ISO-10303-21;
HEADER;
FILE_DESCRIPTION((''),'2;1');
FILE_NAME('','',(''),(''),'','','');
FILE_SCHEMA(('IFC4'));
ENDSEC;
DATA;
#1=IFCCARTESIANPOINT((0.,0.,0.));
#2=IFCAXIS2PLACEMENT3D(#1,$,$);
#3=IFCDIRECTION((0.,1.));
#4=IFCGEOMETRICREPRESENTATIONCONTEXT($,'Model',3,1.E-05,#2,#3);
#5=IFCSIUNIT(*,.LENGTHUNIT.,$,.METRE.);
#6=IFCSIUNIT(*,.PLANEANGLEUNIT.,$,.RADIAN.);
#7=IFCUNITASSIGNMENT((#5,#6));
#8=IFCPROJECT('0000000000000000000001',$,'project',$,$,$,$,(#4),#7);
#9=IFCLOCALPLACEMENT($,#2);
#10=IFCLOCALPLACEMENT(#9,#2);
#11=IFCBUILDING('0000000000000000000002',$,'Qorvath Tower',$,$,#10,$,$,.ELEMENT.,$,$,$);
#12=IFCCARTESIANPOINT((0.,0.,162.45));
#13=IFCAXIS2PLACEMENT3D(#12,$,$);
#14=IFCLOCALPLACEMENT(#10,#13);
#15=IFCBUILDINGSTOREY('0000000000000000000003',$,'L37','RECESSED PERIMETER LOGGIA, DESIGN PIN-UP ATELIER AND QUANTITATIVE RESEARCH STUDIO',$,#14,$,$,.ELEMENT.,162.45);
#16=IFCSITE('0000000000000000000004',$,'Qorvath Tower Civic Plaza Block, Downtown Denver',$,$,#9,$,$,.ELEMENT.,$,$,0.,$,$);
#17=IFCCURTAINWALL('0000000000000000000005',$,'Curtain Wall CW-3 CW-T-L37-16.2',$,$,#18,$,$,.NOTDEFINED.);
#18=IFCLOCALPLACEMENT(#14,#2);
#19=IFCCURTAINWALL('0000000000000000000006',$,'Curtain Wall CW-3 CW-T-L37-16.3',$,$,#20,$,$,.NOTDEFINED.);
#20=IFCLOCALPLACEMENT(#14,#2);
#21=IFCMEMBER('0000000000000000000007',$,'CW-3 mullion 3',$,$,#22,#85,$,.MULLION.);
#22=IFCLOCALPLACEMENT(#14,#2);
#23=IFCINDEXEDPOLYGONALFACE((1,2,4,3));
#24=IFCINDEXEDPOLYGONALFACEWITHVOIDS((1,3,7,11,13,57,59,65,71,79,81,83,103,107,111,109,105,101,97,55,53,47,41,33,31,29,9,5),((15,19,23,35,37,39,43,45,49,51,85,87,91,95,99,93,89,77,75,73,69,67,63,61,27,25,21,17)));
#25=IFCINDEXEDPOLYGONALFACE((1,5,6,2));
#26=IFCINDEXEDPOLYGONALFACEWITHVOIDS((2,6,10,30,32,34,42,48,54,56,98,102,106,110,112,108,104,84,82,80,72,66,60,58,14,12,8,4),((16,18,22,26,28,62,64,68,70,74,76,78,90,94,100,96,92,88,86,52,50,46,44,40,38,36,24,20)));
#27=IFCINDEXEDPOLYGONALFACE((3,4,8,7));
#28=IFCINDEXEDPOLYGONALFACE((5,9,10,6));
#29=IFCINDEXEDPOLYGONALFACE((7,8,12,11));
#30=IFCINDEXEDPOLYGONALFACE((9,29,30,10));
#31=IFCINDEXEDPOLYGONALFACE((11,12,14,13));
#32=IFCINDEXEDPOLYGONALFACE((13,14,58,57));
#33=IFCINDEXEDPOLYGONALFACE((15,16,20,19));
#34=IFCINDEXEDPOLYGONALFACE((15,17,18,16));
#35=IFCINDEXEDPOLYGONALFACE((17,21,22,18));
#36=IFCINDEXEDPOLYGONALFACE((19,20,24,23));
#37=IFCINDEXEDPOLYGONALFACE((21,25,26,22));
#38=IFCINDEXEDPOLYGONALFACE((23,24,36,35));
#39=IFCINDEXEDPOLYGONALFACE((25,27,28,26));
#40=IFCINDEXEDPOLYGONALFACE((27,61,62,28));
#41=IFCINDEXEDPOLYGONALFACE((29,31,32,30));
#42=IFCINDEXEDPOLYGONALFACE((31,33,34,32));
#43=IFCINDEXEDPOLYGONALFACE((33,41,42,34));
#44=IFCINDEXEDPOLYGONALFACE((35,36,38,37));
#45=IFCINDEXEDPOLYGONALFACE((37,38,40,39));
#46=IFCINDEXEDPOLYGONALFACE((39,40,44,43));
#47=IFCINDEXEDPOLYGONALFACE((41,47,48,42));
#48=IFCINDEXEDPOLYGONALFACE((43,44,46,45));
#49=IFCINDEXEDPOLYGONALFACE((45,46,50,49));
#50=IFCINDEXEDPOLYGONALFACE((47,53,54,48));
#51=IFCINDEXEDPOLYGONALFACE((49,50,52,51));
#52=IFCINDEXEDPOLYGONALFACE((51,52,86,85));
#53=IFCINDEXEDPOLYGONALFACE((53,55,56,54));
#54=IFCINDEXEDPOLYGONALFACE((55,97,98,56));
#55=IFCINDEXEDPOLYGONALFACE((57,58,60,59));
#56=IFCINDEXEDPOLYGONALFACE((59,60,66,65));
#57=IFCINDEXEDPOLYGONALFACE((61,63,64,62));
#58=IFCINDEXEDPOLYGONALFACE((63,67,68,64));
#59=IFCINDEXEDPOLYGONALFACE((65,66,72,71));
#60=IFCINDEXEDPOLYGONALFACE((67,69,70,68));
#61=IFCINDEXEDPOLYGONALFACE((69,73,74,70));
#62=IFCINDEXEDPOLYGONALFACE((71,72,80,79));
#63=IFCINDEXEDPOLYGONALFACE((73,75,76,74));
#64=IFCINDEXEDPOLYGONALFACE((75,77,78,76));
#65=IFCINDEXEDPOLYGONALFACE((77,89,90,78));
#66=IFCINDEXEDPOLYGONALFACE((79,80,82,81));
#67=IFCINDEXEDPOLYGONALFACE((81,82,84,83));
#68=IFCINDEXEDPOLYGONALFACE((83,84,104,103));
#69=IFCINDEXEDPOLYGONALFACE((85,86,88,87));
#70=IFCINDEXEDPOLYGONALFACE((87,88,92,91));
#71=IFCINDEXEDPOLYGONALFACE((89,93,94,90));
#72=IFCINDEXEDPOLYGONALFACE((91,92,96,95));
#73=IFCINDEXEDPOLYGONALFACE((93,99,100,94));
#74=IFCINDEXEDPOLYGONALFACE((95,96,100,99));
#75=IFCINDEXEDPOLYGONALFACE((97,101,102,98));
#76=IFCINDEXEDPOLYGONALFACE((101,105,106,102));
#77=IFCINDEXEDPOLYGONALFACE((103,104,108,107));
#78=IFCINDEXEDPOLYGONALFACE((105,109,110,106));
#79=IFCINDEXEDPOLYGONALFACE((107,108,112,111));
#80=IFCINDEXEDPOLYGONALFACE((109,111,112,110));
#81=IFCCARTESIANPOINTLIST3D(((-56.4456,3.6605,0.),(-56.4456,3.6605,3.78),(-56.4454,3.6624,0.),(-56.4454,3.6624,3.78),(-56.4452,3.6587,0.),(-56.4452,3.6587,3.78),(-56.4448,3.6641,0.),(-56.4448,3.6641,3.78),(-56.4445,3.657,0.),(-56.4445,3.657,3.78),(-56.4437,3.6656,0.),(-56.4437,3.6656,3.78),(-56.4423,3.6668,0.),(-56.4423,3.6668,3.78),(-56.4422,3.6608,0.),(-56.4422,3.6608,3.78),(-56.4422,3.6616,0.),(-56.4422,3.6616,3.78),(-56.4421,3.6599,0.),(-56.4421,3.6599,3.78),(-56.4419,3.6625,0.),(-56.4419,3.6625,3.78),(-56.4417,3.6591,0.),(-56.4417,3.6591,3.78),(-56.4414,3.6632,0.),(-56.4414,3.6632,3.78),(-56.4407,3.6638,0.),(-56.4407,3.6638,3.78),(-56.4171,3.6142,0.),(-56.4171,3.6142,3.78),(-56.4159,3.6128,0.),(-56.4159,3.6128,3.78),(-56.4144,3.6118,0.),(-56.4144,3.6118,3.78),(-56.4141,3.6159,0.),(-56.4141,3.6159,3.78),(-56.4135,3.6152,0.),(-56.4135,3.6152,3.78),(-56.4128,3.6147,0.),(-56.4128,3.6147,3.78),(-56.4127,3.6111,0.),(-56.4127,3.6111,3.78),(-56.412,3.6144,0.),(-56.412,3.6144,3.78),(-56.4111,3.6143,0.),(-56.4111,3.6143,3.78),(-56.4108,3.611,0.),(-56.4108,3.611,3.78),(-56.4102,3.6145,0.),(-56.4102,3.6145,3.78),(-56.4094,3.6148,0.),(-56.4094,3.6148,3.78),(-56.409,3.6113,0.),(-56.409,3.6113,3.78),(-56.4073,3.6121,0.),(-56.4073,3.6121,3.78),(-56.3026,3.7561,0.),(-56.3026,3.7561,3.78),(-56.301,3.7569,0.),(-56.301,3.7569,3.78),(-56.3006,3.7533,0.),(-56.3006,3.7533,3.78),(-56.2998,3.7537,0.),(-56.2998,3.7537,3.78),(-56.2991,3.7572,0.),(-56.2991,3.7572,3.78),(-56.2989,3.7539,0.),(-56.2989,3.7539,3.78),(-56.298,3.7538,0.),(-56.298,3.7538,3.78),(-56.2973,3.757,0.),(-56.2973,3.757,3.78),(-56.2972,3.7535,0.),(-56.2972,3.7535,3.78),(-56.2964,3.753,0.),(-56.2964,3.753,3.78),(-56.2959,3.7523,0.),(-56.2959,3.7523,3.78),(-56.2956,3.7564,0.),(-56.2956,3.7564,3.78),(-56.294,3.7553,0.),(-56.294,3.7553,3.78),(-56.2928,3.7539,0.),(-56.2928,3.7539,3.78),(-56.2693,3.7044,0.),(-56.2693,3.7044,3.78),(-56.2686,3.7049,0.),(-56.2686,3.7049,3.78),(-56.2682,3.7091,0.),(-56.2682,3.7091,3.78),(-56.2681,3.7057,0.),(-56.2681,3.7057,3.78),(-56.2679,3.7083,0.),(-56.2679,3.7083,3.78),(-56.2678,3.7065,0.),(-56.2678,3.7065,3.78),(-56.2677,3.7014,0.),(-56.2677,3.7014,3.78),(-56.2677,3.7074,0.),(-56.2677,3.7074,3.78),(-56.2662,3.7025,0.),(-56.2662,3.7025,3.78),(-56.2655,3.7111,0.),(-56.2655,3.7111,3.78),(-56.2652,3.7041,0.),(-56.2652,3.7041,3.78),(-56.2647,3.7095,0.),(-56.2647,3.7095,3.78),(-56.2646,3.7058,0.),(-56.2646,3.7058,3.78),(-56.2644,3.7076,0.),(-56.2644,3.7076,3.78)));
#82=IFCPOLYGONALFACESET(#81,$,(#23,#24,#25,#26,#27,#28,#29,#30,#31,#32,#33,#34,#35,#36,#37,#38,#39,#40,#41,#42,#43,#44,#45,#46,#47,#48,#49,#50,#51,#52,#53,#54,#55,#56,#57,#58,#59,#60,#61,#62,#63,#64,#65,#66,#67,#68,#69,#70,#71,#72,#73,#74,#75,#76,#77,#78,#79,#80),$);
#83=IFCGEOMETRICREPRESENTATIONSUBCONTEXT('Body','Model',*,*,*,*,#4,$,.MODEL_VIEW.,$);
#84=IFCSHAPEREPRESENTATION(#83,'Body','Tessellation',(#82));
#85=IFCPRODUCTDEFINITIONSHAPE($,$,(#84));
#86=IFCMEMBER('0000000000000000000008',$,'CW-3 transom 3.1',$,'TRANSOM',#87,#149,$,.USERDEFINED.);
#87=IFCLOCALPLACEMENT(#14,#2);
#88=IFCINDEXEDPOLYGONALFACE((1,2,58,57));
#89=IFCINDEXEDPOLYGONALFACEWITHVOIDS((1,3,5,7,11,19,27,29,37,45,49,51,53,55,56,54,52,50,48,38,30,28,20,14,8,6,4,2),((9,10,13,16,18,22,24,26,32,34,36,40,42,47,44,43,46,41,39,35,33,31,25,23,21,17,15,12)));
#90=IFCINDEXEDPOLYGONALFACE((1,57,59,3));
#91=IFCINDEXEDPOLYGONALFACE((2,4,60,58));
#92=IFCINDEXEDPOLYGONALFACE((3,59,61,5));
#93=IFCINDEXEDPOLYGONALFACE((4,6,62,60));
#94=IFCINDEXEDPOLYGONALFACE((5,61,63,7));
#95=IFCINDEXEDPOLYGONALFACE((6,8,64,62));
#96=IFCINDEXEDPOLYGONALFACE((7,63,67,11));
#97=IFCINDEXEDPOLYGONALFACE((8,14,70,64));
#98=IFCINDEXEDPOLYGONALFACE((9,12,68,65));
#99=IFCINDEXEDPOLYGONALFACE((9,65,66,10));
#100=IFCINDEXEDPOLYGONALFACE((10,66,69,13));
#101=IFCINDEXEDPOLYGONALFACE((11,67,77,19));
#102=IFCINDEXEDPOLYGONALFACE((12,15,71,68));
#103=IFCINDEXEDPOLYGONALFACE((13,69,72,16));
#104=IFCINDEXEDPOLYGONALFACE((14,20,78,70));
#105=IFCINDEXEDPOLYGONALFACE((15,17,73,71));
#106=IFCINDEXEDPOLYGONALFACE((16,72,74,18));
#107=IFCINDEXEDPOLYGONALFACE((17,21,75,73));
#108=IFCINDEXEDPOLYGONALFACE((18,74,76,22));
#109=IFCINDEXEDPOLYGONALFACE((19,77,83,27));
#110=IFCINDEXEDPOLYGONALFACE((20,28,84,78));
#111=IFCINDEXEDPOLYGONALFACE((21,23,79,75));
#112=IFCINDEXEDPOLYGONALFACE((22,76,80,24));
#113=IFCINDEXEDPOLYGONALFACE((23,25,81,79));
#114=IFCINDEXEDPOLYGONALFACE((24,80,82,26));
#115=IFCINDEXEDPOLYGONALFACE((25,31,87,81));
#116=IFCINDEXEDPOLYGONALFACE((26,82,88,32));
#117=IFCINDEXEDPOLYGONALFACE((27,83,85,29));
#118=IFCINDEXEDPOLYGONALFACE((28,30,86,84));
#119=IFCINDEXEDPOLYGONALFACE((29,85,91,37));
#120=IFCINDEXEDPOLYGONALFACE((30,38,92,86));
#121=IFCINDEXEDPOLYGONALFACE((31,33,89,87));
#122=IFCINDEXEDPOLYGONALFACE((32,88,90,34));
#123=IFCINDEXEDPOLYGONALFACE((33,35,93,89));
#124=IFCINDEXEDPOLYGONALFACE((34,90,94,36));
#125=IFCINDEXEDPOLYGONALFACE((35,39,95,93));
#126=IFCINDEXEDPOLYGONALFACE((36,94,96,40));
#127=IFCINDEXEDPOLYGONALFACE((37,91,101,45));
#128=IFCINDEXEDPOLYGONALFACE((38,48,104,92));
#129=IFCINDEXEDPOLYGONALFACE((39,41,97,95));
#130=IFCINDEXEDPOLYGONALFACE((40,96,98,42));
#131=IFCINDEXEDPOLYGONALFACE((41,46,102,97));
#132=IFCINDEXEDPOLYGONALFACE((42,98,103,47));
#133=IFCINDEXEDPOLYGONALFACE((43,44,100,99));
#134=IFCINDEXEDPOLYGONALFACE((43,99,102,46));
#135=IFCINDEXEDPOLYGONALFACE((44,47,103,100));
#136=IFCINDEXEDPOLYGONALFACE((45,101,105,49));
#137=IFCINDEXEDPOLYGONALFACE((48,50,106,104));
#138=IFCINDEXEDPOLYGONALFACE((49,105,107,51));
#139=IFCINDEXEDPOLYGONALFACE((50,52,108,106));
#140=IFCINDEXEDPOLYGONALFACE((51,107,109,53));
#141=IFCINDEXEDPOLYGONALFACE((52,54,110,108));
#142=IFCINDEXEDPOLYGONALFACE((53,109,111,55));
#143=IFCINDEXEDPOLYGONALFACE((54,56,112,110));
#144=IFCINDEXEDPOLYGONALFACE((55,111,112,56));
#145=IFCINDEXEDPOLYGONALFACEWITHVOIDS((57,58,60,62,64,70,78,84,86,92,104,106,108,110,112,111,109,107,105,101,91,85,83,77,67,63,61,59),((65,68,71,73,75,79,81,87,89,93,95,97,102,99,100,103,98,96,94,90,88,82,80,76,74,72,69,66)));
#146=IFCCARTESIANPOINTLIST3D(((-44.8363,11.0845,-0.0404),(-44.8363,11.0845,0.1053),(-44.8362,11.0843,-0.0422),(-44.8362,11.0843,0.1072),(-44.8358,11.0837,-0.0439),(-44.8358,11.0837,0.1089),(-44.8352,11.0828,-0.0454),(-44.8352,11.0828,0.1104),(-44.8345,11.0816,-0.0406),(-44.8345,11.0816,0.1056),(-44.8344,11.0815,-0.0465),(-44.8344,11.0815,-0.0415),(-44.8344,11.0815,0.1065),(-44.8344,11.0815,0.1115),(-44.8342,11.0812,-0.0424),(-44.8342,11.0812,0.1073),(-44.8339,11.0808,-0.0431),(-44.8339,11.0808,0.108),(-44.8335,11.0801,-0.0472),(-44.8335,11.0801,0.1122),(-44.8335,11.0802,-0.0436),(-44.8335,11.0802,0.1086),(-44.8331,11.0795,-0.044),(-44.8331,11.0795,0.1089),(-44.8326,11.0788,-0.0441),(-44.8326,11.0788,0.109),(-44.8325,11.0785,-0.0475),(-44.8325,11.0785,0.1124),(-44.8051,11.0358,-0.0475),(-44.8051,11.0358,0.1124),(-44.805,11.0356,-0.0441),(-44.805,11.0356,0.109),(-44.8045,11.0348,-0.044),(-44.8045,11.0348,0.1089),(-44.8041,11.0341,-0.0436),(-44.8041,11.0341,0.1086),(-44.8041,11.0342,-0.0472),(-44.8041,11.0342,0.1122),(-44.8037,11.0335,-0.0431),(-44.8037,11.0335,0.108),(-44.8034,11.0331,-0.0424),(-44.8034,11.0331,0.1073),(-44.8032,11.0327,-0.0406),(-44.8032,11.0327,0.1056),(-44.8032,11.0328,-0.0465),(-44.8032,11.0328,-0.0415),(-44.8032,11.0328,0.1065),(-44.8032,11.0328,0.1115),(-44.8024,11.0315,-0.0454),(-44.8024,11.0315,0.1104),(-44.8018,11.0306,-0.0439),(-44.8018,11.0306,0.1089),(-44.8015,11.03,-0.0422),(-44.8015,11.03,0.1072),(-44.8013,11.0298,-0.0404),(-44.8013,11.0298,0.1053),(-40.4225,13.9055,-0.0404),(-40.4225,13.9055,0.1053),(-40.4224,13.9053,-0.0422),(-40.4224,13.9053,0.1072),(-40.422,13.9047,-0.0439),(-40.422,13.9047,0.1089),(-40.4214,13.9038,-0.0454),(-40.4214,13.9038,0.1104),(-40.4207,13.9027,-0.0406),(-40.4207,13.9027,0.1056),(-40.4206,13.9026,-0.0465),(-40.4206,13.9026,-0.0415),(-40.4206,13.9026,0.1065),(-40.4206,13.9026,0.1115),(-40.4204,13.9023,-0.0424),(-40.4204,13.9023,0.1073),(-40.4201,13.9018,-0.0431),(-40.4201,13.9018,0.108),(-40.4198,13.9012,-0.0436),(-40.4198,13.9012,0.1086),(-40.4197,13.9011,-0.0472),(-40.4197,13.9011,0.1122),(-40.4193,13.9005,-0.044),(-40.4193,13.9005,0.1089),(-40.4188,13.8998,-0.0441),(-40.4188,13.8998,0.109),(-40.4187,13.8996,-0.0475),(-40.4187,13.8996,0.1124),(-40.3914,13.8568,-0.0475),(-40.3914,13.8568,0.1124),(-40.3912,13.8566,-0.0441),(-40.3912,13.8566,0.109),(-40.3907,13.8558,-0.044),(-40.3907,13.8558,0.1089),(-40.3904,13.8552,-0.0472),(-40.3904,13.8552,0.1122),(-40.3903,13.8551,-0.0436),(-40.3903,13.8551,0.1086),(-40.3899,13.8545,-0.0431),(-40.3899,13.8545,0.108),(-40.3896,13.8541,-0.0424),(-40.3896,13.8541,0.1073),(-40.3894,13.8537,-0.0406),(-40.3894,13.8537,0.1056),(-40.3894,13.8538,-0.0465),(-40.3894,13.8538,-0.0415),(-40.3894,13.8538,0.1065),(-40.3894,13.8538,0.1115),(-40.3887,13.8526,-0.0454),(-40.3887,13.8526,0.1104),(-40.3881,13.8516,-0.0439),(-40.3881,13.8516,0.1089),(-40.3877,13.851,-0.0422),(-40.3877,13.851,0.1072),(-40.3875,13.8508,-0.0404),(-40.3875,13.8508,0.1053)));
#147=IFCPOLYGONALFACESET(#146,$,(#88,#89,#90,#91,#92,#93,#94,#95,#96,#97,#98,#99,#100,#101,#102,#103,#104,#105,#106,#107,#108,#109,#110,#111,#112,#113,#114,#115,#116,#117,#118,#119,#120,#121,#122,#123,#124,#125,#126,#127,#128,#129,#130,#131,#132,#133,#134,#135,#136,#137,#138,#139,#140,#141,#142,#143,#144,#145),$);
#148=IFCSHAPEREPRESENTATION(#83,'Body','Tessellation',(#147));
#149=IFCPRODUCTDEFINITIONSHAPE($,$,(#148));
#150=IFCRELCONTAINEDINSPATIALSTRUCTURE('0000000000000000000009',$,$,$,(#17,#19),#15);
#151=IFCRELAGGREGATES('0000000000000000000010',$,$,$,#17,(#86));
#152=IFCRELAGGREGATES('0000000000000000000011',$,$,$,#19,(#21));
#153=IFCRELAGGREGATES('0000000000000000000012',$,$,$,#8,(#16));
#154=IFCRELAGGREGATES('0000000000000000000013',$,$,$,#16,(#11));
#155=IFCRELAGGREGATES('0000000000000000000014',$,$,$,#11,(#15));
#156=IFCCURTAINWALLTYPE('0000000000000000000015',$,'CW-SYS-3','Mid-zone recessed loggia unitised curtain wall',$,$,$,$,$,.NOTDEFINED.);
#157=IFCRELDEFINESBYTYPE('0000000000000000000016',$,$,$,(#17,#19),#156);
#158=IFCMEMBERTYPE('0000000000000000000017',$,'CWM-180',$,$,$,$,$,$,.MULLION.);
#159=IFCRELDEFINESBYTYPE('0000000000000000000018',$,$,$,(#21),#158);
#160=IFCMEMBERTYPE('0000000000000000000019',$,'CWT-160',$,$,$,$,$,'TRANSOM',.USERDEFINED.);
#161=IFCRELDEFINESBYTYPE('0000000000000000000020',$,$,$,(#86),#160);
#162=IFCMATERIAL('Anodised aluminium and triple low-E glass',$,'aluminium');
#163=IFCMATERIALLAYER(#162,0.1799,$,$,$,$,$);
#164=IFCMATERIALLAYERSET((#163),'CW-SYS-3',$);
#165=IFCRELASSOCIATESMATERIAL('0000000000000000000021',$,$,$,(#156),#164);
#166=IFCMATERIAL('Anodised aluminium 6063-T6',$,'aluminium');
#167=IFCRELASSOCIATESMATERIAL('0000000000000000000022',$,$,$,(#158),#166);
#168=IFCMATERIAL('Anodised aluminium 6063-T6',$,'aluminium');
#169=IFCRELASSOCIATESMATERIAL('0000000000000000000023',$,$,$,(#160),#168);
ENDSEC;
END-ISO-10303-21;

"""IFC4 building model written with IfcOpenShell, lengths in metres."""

from ifc_helpers import new_model, si_unit, direction, frame, origin, origin_2d, place, context, subcontext, project, spatial, hollow_rectangle, extrude, material, layer, layer_set, material_profile, profile_set, type_object, element, aggregate, save


model = new_model("IFC4")

# Units and contexts
model_context = context("Model", 3, precision=1e-05, world=origin(), true_north=direction((0.0, 1.0)))
body_context = subcontext(model_context, "Body", "Model", "MODEL_VIEW")
ifc_project = project(units=[si_unit("LENGTHUNIT", "METRE"), si_unit("PLANEANGLEUNIT", "RADIAN")], contexts=[model_context])

# Site, building, storey
site_placement = place(None, origin())
site = spatial("IfcSite", under=ifc_project, at=site_placement, Name="Qorvath Tower Civic Plaza Block, Downtown Denver", CompositionType="ELEMENT", RefElevation=0.0)
building_placement = place(site_placement, origin())
building = spatial("IfcBuilding", under=site, at=building_placement, Name="Qorvath Tower", CompositionType="ELEMENT")
storey_placement = place(building_placement, frame((0.0, 0.0, 162.45)))
storey = spatial("IfcBuildingStorey", under=building, at=storey_placement, Name="L37", Description="RECESSED PERIMETER LOGGIA, DESIGN PIN-UP ATELIER AND QUANTITATIVE RESEARCH STUDIO", CompositionType="ELEMENT", Elevation=162.45)

# Curtain walls, member
ifc_material_1 = material(Name="Anodised aluminium and triple low-E glass", Category="aluminium")
ifc_layer_1 = layer(ifc_material_1, 0.1799)
ifc_layer_set_1 = layer_set([ifc_layer_1], Name="CW-SYS-3")
curtain_wall_type = type_object("IfcCurtainWallType", Name="CW-SYS-3", Description="Mid-zone recessed loggia unitised curtain wall", PredefinedType="NOTDEFINED", material=ifc_layer_set_1)
curtain_wall_1_placement = place(storey_placement, origin())
curtain_wall_1 = element("IfcCurtainWall", 1, at=curtain_wall_1_placement, inside=storey, type_object=curtain_wall_type, Name="Curtain Wall CW-3 CW-T-L37-16.2", PredefinedType="NOTDEFINED")
ifc_material_2 = material(Name="Anodised aluminium 6063-T6", Category="aluminium")
ifc_material_profile_1 = material_profile(ifc_material_2, hollow_rectangle(XDim=0.0649, YDim=0.1799, WallThickness=0.0034, InnerFilletRadius=0.0034, OuterFilletRadius=0.0071, at=origin_2d()), Name="CWM 180x65")
ifc_profile_set_1 = profile_set([ifc_material_profile_1], Name="Anodised aluminium 6063-T6")
member_type_1 = type_object("IfcMemberType", Name="CWM-180", PredefinedType="MULLION", material=ifc_profile_set_1)
curtain_wall_2_placement = place(storey_placement, origin())
curtain_wall_2 = element("IfcCurtainWall", 2, at=curtain_wall_2_placement, inside=storey, type_object=curtain_wall_type, Name="Curtain Wall CW-3 CW-T-L37-16.3", PredefinedType="NOTDEFINED")
member_1_placement = place(storey_placement, frame((-56.355, 3.6841, 0.0), z_axis=(0.0, 0.0, 1.0), x_axis=(0.538529, -0.842607, 0.0)))
member_1 = element("IfcMember", 3, at=member_1_placement, type_object=member_type_1, Name="CW-3 mullion 3", PredefinedType="MULLION", context=body_context, shape_type="SweptSolid", body=[
    extrude(hollow_rectangle(XDim=0.0649, YDim=0.1799, WallThickness=0.0034, InnerFilletRadius=0.0034, OuterFilletRadius=0.0071, at=origin_2d()), origin(), (0.0, 0.0, 1.0), 3.78),
])

# Member
ifc_material_3 = material(Name="Anodised aluminium 6063-T6", Category="aluminium")
ifc_material_profile_2 = material_profile(ifc_material_3, hollow_rectangle(XDim=0.0649, YDim=0.1599, WallThickness=0.0034, InnerFilletRadius=0.0034, OuterFilletRadius=0.0071, at=origin_2d()), Name="CWT 160x65")
ifc_profile_set_2 = profile_set([ifc_material_profile_2], Name="Anodised aluminium 6063-T6")
member_type_2 = type_object("IfcMemberType", Name="CWT-160", ElementType="TRANSOM", PredefinedType="USERDEFINED", material=ifc_profile_set_2)
member_2_placement = place(storey_placement, frame((-40.405, 13.8782, 0.0325), z_axis=(-0.842601, -0.538539, 0.0), x_axis=(0.538539, -0.842601, 0.0)))
member_2 = element("IfcMember", 4, at=member_2_placement, type_object=member_type_2, Name="CW-3 transom 3.1", ObjectType="TRANSOM", PredefinedType="USERDEFINED", context=body_context, shape_type="SweptSolid", body=[
    extrude(hollow_rectangle(XDim=0.0649, YDim=0.1599, WallThickness=0.0034, InnerFilletRadius=0.0034, OuterFilletRadius=0.0071, at=origin_2d()), origin(), (0.0, 0.0, 1.0), 5.2383),
])

aggregate(curtain_wall_1, [member_2])
aggregate(curtain_wall_2, [member_1])

save(model, "model.ifc")
